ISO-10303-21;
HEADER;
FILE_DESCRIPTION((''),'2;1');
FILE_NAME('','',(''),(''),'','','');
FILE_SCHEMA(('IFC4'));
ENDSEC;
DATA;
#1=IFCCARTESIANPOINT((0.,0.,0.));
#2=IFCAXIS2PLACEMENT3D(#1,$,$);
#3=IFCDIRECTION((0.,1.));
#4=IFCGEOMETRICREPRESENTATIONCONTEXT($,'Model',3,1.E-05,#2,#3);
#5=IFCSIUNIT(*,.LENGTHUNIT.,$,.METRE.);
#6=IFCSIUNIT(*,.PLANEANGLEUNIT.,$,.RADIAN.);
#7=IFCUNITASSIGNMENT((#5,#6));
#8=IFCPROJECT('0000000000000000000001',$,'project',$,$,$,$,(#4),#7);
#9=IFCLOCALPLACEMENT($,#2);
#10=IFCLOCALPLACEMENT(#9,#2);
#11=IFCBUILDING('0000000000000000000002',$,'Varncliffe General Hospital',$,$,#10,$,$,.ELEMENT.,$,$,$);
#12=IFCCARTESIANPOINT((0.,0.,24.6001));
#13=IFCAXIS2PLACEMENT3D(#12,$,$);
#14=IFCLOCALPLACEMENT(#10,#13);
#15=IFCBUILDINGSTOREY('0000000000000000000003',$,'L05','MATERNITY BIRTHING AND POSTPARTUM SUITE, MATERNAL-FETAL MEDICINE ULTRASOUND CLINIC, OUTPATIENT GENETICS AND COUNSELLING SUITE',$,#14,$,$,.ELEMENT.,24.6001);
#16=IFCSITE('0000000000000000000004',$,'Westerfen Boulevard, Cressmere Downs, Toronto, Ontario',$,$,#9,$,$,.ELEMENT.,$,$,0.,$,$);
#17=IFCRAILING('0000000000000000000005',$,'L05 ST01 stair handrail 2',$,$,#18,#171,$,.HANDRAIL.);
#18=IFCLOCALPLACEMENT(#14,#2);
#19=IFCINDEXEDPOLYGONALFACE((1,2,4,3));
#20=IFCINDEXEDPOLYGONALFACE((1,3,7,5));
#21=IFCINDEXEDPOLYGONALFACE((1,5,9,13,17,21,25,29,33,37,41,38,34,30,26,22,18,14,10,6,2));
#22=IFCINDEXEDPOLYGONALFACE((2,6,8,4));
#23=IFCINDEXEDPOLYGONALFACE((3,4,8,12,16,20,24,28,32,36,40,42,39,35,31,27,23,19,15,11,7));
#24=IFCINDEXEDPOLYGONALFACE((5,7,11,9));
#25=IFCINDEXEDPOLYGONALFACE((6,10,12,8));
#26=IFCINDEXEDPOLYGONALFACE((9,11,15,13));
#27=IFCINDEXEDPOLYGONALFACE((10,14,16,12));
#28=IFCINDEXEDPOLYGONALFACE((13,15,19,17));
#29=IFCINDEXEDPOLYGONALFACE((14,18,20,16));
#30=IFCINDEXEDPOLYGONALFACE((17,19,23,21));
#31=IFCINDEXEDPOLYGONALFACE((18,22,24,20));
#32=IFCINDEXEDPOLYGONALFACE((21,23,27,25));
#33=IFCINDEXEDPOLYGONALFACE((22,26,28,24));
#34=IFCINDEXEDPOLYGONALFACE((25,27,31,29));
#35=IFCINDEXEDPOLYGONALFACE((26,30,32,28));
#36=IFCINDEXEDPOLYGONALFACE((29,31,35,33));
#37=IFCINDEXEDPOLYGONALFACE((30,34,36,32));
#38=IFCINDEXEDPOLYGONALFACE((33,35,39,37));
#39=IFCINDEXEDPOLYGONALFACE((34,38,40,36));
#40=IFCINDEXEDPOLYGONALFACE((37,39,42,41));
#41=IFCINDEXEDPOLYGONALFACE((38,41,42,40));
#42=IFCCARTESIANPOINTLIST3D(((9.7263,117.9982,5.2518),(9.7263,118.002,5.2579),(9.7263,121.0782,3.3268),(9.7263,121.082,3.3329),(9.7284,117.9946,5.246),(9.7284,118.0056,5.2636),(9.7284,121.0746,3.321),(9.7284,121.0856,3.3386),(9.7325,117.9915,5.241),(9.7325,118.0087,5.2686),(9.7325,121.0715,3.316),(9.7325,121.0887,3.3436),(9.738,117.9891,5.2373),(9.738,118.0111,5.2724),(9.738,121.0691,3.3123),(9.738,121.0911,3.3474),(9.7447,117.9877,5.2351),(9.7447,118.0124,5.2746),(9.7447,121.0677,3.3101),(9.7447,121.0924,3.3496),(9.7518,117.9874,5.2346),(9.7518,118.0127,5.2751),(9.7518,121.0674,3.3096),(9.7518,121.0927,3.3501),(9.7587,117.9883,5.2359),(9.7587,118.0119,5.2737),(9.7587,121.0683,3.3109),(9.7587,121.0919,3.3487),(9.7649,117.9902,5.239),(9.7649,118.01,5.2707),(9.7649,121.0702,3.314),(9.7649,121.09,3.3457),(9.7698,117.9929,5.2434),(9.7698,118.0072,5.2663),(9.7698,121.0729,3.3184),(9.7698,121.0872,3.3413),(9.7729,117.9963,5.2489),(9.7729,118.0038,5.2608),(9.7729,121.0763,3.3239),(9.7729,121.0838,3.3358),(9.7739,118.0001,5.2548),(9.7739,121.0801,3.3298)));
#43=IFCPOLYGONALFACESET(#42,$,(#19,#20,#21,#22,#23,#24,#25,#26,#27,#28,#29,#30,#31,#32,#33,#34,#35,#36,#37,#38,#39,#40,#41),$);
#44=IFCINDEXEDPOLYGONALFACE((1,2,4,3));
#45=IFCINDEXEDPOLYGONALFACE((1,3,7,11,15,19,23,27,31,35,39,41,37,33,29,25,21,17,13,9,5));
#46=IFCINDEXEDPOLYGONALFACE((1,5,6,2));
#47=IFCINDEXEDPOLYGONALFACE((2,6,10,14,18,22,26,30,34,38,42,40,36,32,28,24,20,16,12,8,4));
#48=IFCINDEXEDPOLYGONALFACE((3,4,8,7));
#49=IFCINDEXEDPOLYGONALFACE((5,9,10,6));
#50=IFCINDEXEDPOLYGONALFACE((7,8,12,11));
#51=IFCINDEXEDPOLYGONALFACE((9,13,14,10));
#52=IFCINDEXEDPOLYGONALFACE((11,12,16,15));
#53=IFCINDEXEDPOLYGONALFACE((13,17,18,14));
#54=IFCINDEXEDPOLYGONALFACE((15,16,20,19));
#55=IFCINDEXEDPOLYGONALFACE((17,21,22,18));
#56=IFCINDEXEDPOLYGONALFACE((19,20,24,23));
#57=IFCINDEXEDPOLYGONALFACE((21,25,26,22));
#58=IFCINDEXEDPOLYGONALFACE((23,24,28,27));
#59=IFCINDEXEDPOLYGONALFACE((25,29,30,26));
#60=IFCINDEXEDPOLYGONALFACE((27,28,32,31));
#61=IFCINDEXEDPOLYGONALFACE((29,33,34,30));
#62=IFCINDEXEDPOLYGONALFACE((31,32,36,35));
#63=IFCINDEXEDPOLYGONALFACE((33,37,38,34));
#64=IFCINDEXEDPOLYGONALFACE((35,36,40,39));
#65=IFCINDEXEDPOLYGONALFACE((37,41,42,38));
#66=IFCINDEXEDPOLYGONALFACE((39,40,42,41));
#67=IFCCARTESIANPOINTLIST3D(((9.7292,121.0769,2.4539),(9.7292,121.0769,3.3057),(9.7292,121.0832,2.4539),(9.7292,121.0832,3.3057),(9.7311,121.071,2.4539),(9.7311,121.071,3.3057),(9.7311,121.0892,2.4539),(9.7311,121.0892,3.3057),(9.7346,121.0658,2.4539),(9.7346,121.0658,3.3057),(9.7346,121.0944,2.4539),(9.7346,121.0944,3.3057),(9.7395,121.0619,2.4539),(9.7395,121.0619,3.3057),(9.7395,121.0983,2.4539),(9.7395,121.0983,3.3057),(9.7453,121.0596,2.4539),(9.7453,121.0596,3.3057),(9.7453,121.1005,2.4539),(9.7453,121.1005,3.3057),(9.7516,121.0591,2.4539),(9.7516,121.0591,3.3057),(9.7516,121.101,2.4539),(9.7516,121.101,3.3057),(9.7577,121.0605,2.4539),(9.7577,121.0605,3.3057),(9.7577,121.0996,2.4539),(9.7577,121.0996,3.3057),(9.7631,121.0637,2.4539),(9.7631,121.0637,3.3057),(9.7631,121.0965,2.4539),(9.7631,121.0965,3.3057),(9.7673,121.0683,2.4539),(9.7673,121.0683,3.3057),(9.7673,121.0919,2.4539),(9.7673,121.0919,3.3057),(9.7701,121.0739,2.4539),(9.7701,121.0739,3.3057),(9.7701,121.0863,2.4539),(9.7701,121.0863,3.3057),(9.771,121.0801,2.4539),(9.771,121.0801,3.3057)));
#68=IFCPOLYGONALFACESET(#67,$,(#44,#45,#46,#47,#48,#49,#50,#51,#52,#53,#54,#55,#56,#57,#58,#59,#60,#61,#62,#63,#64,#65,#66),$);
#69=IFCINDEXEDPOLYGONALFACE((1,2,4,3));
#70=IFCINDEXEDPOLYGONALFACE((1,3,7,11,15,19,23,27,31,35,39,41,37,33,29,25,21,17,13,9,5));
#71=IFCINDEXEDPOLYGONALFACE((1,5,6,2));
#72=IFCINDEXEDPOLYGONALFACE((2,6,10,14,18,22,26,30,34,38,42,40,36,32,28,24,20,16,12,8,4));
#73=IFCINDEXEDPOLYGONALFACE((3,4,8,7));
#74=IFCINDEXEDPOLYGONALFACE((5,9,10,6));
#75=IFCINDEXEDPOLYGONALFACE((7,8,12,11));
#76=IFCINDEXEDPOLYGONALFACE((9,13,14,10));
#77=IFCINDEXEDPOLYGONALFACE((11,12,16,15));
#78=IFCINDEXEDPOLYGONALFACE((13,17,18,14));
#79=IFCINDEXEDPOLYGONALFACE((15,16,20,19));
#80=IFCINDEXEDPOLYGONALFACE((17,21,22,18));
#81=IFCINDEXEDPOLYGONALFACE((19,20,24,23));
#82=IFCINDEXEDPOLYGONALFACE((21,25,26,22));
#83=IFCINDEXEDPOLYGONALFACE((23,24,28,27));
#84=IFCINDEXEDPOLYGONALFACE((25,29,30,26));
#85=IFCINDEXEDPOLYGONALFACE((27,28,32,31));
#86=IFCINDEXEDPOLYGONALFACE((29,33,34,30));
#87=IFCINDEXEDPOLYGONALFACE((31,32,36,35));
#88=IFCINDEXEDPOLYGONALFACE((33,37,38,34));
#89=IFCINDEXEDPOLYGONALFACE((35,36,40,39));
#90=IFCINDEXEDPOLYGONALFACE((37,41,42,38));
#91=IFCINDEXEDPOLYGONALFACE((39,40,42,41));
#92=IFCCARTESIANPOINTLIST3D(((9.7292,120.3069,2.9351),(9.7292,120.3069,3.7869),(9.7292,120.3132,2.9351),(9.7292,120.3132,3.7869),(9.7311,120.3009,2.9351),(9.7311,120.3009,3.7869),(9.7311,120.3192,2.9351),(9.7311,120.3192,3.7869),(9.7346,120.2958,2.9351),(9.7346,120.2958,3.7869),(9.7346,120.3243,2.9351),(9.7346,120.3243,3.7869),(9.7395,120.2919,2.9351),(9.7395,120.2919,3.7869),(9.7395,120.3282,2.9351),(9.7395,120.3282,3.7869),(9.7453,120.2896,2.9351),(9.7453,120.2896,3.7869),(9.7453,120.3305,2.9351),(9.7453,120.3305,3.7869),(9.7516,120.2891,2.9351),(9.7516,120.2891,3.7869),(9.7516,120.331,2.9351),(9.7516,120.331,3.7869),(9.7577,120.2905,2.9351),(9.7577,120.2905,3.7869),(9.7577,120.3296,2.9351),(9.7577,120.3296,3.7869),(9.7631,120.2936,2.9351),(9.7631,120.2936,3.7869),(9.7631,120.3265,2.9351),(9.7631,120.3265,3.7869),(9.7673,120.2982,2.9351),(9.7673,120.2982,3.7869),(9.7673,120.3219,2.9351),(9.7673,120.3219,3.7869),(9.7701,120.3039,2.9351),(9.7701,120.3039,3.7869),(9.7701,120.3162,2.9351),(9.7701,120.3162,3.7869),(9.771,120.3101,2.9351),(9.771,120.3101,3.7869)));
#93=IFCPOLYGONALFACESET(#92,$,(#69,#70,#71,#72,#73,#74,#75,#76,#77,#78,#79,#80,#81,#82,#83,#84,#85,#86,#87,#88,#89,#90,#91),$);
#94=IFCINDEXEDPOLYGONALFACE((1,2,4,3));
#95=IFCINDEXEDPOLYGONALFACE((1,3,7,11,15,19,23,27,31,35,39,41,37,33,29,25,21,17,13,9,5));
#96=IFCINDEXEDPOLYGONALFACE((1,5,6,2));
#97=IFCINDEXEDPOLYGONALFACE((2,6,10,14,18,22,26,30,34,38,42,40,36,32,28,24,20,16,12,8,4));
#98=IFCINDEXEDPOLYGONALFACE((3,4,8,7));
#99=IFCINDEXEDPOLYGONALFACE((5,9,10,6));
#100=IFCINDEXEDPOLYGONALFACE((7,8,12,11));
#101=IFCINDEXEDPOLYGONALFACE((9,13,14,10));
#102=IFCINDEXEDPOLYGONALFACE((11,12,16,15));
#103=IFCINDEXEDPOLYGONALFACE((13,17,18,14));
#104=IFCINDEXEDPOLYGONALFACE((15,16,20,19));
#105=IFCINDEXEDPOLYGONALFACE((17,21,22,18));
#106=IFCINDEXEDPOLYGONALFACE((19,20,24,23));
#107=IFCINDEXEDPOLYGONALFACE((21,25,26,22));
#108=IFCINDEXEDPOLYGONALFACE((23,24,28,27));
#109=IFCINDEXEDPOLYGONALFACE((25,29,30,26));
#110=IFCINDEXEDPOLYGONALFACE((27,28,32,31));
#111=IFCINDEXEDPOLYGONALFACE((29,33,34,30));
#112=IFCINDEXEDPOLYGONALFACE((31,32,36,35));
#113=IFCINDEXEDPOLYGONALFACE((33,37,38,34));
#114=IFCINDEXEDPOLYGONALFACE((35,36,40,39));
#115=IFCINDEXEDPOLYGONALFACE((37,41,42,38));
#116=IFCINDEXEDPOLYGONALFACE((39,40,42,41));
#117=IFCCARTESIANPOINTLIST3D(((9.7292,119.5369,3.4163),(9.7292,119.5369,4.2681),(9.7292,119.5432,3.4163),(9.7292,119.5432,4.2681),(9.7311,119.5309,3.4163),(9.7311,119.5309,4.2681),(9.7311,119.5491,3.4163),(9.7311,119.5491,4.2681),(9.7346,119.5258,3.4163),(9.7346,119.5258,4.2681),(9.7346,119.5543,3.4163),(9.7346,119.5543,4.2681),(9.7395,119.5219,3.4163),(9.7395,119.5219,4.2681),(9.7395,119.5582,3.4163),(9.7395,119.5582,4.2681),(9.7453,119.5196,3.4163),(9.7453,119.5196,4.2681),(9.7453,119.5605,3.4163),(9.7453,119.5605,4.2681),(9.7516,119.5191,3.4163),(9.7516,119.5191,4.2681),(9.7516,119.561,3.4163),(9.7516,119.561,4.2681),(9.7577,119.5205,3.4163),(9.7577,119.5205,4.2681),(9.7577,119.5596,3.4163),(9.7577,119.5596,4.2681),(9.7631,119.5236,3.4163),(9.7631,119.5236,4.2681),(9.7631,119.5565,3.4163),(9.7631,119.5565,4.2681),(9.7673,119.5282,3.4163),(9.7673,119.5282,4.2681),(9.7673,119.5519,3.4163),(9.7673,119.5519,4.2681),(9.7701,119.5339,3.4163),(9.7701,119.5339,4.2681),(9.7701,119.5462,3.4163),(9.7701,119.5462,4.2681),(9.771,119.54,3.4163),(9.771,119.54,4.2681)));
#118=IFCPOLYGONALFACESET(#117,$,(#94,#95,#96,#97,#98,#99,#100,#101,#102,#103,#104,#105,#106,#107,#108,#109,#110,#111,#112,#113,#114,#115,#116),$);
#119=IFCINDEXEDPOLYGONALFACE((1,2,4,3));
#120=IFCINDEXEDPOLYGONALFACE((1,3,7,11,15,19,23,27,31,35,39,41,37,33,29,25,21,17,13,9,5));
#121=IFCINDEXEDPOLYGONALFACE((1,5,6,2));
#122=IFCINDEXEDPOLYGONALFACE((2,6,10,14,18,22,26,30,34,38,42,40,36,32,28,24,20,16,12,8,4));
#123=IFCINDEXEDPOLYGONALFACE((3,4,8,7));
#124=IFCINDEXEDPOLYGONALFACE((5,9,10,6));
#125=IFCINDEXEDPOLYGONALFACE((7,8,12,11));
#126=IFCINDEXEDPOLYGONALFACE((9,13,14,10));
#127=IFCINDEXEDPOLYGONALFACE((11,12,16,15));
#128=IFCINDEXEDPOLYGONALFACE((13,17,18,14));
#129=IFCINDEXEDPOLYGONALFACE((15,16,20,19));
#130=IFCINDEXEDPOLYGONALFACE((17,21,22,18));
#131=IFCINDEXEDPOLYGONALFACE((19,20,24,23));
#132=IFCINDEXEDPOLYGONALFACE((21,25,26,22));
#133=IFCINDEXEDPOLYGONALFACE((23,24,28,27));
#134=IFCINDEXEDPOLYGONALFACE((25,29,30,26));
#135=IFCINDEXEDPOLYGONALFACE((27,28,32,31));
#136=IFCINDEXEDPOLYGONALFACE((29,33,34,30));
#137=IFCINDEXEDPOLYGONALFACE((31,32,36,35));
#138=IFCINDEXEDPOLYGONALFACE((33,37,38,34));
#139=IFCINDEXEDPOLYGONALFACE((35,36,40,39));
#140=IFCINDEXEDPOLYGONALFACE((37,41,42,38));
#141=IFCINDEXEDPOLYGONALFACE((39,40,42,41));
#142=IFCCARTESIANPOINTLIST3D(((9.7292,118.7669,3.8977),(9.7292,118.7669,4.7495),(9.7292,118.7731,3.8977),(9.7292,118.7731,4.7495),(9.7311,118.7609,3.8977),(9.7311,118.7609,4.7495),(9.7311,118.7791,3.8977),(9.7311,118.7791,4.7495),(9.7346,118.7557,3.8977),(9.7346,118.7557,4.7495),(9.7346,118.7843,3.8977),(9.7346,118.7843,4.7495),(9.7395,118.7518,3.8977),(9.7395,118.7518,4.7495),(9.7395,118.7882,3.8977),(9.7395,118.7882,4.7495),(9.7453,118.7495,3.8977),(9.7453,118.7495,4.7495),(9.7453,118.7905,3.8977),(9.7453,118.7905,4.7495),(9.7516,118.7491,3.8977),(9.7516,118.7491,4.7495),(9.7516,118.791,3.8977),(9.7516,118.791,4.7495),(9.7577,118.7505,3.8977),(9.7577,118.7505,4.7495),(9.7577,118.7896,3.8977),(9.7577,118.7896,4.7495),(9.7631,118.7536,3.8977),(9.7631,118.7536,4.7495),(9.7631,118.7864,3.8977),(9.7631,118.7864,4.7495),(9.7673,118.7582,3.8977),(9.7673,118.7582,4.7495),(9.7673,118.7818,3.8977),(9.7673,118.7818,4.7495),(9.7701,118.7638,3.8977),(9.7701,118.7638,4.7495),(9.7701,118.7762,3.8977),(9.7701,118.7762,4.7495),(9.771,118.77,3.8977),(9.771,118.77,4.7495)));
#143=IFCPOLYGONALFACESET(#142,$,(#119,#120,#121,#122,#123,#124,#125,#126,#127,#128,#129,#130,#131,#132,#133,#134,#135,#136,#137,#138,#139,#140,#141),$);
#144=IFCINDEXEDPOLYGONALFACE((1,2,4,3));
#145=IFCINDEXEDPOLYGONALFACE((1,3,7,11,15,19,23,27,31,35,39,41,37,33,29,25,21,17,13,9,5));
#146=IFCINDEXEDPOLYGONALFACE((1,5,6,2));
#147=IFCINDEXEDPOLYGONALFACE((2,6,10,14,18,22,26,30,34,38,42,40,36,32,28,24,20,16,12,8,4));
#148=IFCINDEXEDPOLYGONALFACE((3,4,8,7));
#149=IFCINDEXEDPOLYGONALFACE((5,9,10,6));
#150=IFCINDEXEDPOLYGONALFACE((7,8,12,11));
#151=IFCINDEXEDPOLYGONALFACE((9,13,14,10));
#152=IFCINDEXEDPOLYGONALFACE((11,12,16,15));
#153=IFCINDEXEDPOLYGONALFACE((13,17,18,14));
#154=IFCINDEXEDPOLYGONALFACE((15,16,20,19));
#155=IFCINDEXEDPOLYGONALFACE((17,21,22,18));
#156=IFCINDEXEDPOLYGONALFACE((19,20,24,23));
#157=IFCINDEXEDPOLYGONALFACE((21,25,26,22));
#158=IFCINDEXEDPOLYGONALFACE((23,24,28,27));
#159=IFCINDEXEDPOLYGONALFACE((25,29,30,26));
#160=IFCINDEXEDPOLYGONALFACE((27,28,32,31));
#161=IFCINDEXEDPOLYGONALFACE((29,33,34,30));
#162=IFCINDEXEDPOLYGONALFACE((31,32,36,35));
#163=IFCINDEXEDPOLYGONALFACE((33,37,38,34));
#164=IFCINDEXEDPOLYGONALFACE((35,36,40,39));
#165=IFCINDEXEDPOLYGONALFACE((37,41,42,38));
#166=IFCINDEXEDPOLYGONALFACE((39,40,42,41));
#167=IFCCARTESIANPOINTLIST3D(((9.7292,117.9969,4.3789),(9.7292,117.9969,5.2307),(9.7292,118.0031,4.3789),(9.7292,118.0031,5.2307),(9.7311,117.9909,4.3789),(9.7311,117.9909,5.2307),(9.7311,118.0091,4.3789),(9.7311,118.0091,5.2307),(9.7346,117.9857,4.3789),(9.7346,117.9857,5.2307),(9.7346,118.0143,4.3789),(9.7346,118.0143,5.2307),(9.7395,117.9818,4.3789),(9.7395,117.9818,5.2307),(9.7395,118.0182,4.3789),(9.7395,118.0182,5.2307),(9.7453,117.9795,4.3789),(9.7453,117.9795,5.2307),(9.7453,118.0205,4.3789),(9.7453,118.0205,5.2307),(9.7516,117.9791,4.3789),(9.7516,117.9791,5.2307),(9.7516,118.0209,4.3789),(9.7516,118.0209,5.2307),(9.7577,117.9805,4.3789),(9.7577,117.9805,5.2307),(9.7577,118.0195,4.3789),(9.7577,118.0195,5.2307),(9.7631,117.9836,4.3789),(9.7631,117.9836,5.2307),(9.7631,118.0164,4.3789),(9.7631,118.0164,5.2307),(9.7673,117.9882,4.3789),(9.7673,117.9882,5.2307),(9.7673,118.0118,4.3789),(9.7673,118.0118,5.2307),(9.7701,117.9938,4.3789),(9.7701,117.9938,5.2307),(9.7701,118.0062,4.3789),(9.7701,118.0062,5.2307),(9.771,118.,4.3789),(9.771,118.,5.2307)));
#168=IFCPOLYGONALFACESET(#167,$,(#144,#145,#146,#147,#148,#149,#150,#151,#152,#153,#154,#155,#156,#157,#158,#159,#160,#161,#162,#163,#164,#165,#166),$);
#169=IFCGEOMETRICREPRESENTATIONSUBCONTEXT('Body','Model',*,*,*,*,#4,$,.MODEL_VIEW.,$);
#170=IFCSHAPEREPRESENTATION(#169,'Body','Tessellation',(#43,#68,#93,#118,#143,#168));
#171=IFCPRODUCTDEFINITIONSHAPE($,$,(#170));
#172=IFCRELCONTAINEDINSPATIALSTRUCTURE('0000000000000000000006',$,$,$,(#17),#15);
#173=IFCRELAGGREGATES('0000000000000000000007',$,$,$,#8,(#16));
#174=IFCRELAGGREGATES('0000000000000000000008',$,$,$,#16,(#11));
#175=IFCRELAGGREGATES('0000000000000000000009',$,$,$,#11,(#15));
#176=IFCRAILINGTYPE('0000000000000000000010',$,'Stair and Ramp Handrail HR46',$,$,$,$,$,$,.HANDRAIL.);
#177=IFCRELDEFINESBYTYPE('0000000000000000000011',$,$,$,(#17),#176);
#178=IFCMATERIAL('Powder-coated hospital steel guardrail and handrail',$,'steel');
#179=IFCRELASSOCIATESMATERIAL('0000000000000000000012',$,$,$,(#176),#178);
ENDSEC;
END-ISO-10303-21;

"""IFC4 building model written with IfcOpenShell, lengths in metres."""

from ifc_helpers import new_model, si_unit, direction, frame, origin, origin_2d, place, context, subcontext, project, spatial, circle, extrude, material, type_object, element, save


model = new_model("IFC4")

# Units and contexts
model_context = context("Model", 3, precision=1e-05, world=origin(), true_north=direction((0.0, 1.0)))
body_context = subcontext(model_context, "Body", "Model", "MODEL_VIEW")
ifc_project = project(units=[si_unit("LENGTHUNIT", "METRE"), si_unit("PLANEANGLEUNIT", "RADIAN")], contexts=[model_context])

# Site, building, storey
site_placement = place(None, origin())
site = spatial("IfcSite", under=ifc_project, at=site_placement, Name="Westerfen Boulevard, Cressmere Downs, Toronto, Ontario", CompositionType="ELEMENT", RefElevation=0.0)
building_placement = place(site_placement, origin())
building = spatial("IfcBuilding", under=site, at=building_placement, Name="Varncliffe General Hospital", CompositionType="ELEMENT")
storey_placement = place(building_placement, frame((0.0, 0.0, 24.6001)))
storey = spatial("IfcBuildingStorey", under=building, at=storey_placement, Name="L05", Description="MATERNITY BIRTHING AND POSTPARTUM SUITE, MATERNAL-FETAL MEDICINE ULTRASOUND CLINIC, OUTPATIENT GENETICS AND COUNSELLING SUITE", CompositionType="ELEMENT", Elevation=24.6001)

# Railing
ifc_material_1 = material(Name="Powder-coated hospital steel guardrail and handrail", Category="steel")
railing_type_1 = type_object("IfcRailingType", Name="Stair and Ramp Handrail HR46", PredefinedType="HANDRAIL", material=ifc_material_1)
railing_1_placement = place(storey_placement, frame((9.75, 121.0801, 2.4539)))
element("IfcRailing", 1, at=railing_1_placement, inside=storey, type_object=railing_type_1, Name="L05 ST01 stair handrail 2", PredefinedType="HANDRAIL", context=body_context, shape_type="SweptSolid", body=[
    extrude(circle(Radius=0.0239, at=origin_2d()), frame((0.0, 0.0, 0.876), z_axis=(0.0, -0.847998, 0.529999), x_axis=(1.0, 0.0, 0.0)), (0.0, 0.0, 1.0), 3.6321),
    extrude(circle(Radius=0.021, at=origin_2d()), origin(), (0.0, 0.0, 1.0), 0.8518),
    extrude(circle(Radius=0.021, at=origin_2d()), frame((0.0, -0.77, 0.4812)), (0.0, 0.0, 1.0), 0.8518),
    extrude(circle(Radius=0.021, at=origin_2d()), frame((0.0, -1.54, 0.9624)), (0.0, 0.0, 1.0), 0.8518),
    extrude(circle(Radius=0.021, at=origin_2d()), frame((0.0, -2.3101, 1.4438)), (0.0, 0.0, 1.0), 0.8518),
    extrude(circle(Radius=0.021, at=origin_2d()), frame((0.0, -3.0801, 1.925)), (0.0, 0.0, 1.0), 0.8518),
])

save(model, "model.ifc")
